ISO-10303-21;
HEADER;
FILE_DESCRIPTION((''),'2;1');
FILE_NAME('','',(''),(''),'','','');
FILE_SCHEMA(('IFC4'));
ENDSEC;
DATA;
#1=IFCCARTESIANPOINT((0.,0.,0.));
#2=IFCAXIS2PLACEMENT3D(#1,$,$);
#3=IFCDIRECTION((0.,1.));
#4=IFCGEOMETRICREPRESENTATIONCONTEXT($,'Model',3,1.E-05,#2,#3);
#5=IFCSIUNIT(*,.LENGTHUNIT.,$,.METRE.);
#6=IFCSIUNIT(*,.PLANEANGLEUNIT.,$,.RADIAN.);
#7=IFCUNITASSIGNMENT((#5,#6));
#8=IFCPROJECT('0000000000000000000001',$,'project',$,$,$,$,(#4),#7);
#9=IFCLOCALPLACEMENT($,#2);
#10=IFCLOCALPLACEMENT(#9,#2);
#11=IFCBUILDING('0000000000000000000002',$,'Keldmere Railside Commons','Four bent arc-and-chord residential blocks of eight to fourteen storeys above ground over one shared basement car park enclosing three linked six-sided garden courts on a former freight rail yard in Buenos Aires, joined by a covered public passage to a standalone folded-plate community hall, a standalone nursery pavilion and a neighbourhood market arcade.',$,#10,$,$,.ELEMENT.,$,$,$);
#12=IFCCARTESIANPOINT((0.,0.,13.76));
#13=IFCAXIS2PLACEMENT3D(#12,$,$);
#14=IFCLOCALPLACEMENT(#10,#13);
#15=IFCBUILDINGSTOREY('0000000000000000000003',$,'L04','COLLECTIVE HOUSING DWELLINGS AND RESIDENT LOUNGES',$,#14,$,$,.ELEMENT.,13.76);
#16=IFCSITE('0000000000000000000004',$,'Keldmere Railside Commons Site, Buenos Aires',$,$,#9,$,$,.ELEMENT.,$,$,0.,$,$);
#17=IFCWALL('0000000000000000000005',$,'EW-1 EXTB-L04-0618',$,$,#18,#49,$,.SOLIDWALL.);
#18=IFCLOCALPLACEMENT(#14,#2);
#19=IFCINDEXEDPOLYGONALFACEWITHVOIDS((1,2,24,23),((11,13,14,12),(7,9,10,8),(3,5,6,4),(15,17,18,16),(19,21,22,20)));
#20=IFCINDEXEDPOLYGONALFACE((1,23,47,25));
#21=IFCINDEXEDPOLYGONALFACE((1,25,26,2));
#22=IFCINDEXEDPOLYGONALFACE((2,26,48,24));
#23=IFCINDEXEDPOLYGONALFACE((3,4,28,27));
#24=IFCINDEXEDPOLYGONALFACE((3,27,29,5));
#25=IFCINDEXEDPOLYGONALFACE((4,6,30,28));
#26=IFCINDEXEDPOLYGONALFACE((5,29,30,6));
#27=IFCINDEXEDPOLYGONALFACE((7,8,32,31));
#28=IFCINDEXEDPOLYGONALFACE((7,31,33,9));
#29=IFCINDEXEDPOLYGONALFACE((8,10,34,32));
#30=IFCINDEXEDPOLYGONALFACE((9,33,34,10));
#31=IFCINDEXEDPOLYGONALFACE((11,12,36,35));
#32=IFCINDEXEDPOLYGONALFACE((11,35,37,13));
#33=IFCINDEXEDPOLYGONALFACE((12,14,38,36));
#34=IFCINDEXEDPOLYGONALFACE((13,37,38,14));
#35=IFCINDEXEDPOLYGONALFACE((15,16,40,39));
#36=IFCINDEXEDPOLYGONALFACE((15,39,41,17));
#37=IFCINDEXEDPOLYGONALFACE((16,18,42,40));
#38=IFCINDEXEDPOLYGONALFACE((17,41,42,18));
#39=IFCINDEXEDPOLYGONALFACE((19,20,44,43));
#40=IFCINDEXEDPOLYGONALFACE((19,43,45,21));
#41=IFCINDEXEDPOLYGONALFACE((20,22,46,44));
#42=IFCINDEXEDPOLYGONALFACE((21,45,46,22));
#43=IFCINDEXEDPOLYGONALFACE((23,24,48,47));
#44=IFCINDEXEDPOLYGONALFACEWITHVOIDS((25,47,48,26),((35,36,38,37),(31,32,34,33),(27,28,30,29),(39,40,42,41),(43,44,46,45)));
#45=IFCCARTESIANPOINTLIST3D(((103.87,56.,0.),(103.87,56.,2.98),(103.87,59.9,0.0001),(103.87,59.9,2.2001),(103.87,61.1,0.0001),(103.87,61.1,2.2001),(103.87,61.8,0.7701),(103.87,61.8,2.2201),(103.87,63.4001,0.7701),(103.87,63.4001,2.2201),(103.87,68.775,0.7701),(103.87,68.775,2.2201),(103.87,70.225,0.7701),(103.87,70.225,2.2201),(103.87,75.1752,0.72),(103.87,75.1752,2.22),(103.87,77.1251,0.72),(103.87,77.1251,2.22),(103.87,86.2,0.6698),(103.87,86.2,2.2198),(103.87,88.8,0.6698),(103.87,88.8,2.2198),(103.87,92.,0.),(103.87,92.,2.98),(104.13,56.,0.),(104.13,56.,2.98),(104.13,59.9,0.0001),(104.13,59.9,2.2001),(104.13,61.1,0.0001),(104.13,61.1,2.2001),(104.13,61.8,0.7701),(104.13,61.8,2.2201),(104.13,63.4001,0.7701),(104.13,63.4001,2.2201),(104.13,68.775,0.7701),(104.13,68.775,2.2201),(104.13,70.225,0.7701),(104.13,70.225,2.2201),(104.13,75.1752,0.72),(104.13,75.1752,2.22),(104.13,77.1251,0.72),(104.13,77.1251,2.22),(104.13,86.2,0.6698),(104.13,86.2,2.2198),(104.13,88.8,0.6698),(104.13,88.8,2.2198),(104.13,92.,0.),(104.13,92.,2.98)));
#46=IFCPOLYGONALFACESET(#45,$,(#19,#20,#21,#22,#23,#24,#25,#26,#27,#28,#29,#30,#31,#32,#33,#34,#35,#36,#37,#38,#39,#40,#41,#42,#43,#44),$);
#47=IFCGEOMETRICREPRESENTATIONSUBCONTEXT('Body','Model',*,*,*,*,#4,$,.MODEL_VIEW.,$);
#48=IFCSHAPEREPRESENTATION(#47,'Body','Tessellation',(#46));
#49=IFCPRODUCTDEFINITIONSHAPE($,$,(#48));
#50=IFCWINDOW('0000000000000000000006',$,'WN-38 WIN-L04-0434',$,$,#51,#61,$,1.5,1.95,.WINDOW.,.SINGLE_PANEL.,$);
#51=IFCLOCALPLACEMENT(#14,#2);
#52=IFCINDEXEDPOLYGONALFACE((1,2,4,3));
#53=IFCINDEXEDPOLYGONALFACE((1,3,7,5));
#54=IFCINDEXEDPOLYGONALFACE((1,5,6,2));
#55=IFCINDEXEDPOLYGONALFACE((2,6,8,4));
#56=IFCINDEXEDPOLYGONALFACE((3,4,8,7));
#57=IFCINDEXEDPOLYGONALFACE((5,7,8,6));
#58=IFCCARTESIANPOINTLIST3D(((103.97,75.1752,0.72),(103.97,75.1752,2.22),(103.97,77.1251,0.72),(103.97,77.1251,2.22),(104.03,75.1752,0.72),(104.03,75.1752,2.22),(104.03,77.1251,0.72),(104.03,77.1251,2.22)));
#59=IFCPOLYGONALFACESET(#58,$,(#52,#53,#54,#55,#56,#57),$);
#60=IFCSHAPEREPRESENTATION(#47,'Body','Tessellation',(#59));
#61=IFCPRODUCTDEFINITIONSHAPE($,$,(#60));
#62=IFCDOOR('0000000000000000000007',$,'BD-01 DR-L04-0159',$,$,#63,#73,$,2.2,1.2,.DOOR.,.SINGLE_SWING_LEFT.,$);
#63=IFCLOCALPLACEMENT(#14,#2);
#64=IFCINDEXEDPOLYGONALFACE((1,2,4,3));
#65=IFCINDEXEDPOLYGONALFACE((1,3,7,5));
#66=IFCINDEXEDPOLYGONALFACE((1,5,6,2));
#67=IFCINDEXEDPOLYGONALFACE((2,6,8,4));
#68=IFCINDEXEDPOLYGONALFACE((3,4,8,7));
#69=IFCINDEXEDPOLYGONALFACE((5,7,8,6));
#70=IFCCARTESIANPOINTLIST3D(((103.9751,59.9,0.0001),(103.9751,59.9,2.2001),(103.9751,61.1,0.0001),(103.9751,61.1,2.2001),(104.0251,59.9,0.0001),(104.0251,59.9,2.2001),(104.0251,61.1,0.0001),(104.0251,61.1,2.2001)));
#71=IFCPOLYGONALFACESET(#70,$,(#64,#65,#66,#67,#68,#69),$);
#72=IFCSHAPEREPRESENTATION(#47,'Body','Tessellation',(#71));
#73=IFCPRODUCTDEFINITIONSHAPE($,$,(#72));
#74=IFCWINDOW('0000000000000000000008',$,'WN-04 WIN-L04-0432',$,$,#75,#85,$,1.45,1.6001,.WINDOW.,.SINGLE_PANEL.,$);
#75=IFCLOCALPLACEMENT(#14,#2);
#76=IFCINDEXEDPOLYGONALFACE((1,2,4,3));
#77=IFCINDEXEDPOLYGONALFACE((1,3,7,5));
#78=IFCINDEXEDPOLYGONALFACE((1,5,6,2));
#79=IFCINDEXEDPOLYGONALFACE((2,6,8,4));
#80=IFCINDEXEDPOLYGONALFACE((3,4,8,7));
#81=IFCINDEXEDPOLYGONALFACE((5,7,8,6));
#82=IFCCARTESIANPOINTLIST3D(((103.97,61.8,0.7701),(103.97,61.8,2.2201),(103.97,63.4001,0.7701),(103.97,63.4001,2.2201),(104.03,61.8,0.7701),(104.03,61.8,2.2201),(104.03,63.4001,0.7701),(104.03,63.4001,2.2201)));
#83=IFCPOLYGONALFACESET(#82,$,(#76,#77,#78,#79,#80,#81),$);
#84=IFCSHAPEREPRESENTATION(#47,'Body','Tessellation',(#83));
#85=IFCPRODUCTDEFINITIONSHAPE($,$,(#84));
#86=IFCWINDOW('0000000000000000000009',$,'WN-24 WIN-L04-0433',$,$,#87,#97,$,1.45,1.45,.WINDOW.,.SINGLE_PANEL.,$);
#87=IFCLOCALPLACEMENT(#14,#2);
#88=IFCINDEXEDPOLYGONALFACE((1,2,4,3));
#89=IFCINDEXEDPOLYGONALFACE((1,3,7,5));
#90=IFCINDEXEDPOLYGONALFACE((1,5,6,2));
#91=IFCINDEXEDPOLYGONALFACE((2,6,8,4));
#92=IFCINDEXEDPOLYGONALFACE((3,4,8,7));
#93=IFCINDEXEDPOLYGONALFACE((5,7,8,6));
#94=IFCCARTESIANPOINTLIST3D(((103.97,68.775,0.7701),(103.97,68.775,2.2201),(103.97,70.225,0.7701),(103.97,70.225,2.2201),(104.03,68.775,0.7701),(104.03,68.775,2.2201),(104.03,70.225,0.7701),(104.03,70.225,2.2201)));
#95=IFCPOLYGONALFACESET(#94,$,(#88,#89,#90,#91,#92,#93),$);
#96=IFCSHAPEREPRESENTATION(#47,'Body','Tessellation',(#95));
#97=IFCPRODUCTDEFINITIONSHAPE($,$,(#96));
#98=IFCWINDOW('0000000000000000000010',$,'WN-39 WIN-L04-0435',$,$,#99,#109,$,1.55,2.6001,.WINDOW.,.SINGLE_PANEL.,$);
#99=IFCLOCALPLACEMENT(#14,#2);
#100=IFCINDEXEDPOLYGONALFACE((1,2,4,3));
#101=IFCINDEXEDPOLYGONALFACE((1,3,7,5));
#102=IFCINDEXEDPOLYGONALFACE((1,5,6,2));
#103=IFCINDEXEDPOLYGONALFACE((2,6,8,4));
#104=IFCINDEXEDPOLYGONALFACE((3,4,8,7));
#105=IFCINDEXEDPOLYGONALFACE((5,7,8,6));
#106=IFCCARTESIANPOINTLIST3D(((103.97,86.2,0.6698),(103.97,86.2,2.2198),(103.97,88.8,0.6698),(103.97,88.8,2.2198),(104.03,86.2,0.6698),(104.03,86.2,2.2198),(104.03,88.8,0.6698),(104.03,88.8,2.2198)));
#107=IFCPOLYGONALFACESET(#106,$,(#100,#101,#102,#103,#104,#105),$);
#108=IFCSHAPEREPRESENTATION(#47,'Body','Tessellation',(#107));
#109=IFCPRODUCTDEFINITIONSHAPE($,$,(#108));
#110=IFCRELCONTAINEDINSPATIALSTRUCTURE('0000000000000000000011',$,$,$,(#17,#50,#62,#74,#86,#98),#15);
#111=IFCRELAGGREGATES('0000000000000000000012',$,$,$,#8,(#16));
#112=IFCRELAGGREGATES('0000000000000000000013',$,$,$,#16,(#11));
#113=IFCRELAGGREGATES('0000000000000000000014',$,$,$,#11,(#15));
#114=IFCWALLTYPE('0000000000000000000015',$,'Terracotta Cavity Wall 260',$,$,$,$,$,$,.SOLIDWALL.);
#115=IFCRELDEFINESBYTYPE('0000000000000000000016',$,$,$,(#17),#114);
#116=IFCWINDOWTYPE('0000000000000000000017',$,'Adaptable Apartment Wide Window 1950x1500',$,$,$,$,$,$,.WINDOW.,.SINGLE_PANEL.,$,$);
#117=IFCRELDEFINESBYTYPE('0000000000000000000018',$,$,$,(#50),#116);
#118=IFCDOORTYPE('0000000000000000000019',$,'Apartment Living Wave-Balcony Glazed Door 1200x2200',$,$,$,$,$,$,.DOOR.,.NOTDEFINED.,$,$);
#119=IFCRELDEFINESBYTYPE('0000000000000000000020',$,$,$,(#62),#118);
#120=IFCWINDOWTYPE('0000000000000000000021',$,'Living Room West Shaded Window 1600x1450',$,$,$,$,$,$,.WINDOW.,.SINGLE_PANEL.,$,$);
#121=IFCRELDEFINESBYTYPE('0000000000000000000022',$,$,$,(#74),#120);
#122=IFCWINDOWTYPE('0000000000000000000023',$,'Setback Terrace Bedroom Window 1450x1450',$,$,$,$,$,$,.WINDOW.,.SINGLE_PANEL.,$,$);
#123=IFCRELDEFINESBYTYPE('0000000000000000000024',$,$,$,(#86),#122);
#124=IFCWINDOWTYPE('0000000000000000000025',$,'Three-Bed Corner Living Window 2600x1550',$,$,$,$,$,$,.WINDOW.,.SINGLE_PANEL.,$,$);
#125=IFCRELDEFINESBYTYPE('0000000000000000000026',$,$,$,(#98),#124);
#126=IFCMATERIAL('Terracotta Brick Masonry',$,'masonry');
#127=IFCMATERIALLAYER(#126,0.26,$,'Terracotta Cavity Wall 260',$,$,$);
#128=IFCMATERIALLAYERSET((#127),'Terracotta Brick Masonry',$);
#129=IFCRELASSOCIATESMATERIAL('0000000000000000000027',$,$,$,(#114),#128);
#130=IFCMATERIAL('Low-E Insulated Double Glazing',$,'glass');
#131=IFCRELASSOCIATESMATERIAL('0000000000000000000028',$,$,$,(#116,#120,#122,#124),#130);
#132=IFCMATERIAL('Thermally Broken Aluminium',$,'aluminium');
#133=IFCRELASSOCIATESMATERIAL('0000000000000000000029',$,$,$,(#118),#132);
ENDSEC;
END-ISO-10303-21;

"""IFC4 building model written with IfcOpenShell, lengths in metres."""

from ifc_helpers import new_model, si_unit, direction, frame, frame_2d, origin, place, context, subcontext, project, spatial, rectangle, extrude, material, layer, layer_set, type_object, element, fill, save


model = new_model("IFC4")

# Units and contexts
model_context = context("Model", 3, precision=1e-05, world=origin(), true_north=direction((0.0, 1.0)))
body_context = subcontext(model_context, "Body", "Model", "MODEL_VIEW")
ifc_project = project(units=[si_unit("LENGTHUNIT", "METRE"), si_unit("PLANEANGLEUNIT", "RADIAN")], contexts=[model_context])

# Site, building, storey
site_placement = place(None, origin())
site = spatial("IfcSite", under=ifc_project, at=site_placement, Name="Keldmere Railside Commons Site, Buenos Aires", CompositionType="ELEMENT", RefElevation=0.0)
building_placement = place(site_placement, origin())
building = spatial("IfcBuilding", under=site, at=building_placement, Name="Keldmere Railside Commons", Description="Four bent arc-and-chord residential blocks of eight to fourteen storeys above ground over one shared basement car park enclosing three linked six-sided garden courts on a former freight rail yard in Buenos Aires, joined by a covered public passage to a standalone folded-plate community hall, a standalone nursery pavilion and a neighbourhood market arcade.", CompositionType="ELEMENT")
storey_placement = place(building_placement, frame((0.0, 0.0, 13.76)))
storey = spatial("IfcBuildingStorey", under=building, at=storey_placement, Name="L04", Description="COLLECTIVE HOUSING DWELLINGS AND RESIDENT LOUNGES", CompositionType="ELEMENT", Elevation=13.76)

# Wall, openings, windows, door
ifc_material_1 = material(Name="Terracotta Brick Masonry", Category="masonry")
ifc_layer_1 = layer(ifc_material_1, 0.26, Name="Terracotta Cavity Wall 260")
ifc_layer_set_1 = layer_set([ifc_layer_1], Name="Terracotta Brick Masonry")
wall_type_1 = type_object("IfcWallType", Name="Terracotta Cavity Wall 260", PredefinedType="SOLIDWALL", material=ifc_layer_set_1)
wall_1_placement = place(storey_placement, frame((104.0, 56.0, 0.0), z_axis=(0.0, 0.0, 1.0), x_axis=(0.0, 1.0, 0.0)))
wall_1 = element("IfcWall", 1, at=wall_1_placement, inside=storey, type_object=wall_type_1, Name="EW-1 EXTB-L04-0618", PredefinedType="SOLIDWALL", context=body_context, shape_type="SweptSolid", body=[
    extrude(rectangle(XDim=36.0, YDim=0.26, at=frame_2d((18.0, 0.0))), origin(), (0.0, 0.0, 1.0), 2.98),
])
opening_1_placement = place(wall_1_placement, frame((3.8999, 0.0, 0.0)))
opening_1 = element("IfcOpeningElement", 2, at=opening_1_placement, cuts=wall_1, PredefinedType="OPENING", context=body_context, shape_type="SweptSolid", body=[
    extrude(rectangle(XDim=1.2, YDim=2.2, at=frame_2d((0.6001, 1.1001))), frame((0.0, 0.1399, 0.0), z_axis=(0.0, -1.0, 0.0), x_axis=(1.0, 0.0, 0.0)), (0.0, 0.0, 1.0), 0.28),
])
opening_2_placement = place(wall_1_placement, frame((5.8, 0.0, 0.77)))
opening_2 = element("IfcOpeningElement", 3, at=opening_2_placement, cuts=wall_1, PredefinedType="OPENING", context=body_context, shape_type="SweptSolid", body=[
    extrude(rectangle(XDim=1.6001, YDim=1.45, at=frame_2d((0.8, 0.7251))), frame((0.0, 0.1399, 0.0), z_axis=(0.0, -1.0, 0.0), x_axis=(1.0, 0.0, 0.0)), (0.0, 0.0, 1.0), 0.28),
])
opening_3_placement = place(wall_1_placement, frame((12.7749, 0.0, 0.77)))
opening_3 = element("IfcOpeningElement", 4, at=opening_3_placement, cuts=wall_1, PredefinedType="OPENING", context=body_context, shape_type="SweptSolid", body=[
    extrude(rectangle(XDim=1.45, YDim=1.45, at=frame_2d((0.7251, 0.7251))), frame((0.0, 0.1399, 0.0), z_axis=(0.0, -1.0, 0.0), x_axis=(1.0, 0.0, 0.0)), (0.0, 0.0, 1.0), 0.28),
])
opening_4_placement = place(wall_1_placement, frame((19.175, 0.0, 0.72)))
opening_4 = element("IfcOpeningElement", 5, at=opening_4_placement, cuts=wall_1, PredefinedType="OPENING", context=body_context, shape_type="SweptSolid", body=[
    extrude(rectangle(XDim=1.95, YDim=1.5, at=frame_2d((0.9751, 0.75))), frame((0.0, 0.1399, 0.0), z_axis=(0.0, -1.0, 0.0), x_axis=(1.0, 0.0, 0.0)), (0.0, 0.0, 1.0), 0.28),
])
opening_5_placement = place(wall_1_placement, frame((30.2, 0.0, 0.6699)))
opening_5 = element("IfcOpeningElement", 6, at=opening_5_placement, cuts=wall_1, PredefinedType="OPENING", context=body_context, shape_type="SweptSolid", body=[
    extrude(rectangle(XDim=2.6001, YDim=1.55, at=frame_2d((1.3, 0.7749))), frame((0.0, 0.1399, 0.0), z_axis=(0.0, -1.0, 0.0), x_axis=(1.0, 0.0, 0.0)), (0.0, 0.0, 1.0), 0.28),
])
ifc_material_2 = material(Name="Low-E Insulated Double Glazing", Category="glass")
window_type_1 = type_object("IfcWindowType", Name="Adaptable Apartment Wide Window 1950x1500", PartitioningType="SINGLE_PANEL", PredefinedType="WINDOW", material=ifc_material_2)
window_1_placement = place(opening_4_placement, origin())
window_1 = element("IfcWindow", 7, at=window_1_placement, inside=storey, type_object=window_type_1, Name="WN-38 WIN-L04-0434", OverallHeight=1.5, OverallWidth=1.95, PartitioningType="SINGLE_PANEL", PredefinedType="WINDOW", context=body_context, shape_type="SweptSolid", body=[
    extrude(rectangle(XDim=1.95, YDim=1.5, at=frame_2d((0.9751, 0.75))), frame((0.0, 0.03, 0.0), z_axis=(0.0, -1.0, 0.0), x_axis=(1.0, 0.0, 0.0)), (0.0, 0.0, 1.0), 0.0601),
])
fill(opening_4, window_1)
ifc_material_3 = material(Name="Thermally Broken Aluminium", Category="aluminium")
door_type = type_object("IfcDoorType", Name="Apartment Living Wave-Balcony Glazed Door 1200x2200", OperationType="NOTDEFINED", PredefinedType="DOOR", material=ifc_material_3)
door_placement = place(opening_1_placement, origin())
door = element("IfcDoor", 8, at=door_placement, inside=storey, type_object=door_type, Name="BD-01 DR-L04-0159", OperationType="SINGLE_SWING_LEFT", OverallHeight=2.2, OverallWidth=1.2, PredefinedType="DOOR", context=body_context, shape_type="SweptSolid", body=[
    extrude(rectangle(XDim=1.2, YDim=2.2, at=frame_2d((0.6001, 1.1001))), frame((0.0, 0.0249, 0.0), z_axis=(0.0, -1.0, 0.0), x_axis=(1.0, 0.0, 0.0)), (0.0, 0.0, 1.0), 0.05),
])
fill(opening_1, door)
window_type_2 = type_object("IfcWindowType", Name="Living Room West Shaded Window 1600x1450", PartitioningType="SINGLE_PANEL", PredefinedType="WINDOW", material=ifc_material_2)
window_2_placement = place(opening_2_placement, origin())
window_2 = element("IfcWindow", 9, at=window_2_placement, inside=storey, type_object=window_type_2, Name="WN-04 WIN-L04-0432", OverallHeight=1.45, OverallWidth=1.6001, PartitioningType="SINGLE_PANEL", PredefinedType="WINDOW", context=body_context, shape_type="SweptSolid", body=[
    extrude(rectangle(XDim=1.6001, YDim=1.45, at=frame_2d((0.8, 0.7251))), frame((0.0, 0.03, 0.0), z_axis=(0.0, -1.0, 0.0), x_axis=(1.0, 0.0, 0.0)), (0.0, 0.0, 1.0), 0.0601),
])
fill(opening_2, window_2)
window_type_3 = type_object("IfcWindowType", Name="Setback Terrace Bedroom Window 1450x1450", PartitioningType="SINGLE_PANEL", PredefinedType="WINDOW", material=ifc_material_2)
window_3_placement = place(opening_3_placement, origin())
window_3 = element("IfcWindow", 10, at=window_3_placement, inside=storey, type_object=window_type_3, Name="WN-24 WIN-L04-0433", OverallHeight=1.45, OverallWidth=1.45, PartitioningType="SINGLE_PANEL", PredefinedType="WINDOW", context=body_context, shape_type="SweptSolid", body=[
    extrude(rectangle(XDim=1.45, YDim=1.45, at=frame_2d((0.7251, 0.7251))), frame((0.0, 0.03, 0.0), z_axis=(0.0, -1.0, 0.0), x_axis=(1.0, 0.0, 0.0)), (0.0, 0.0, 1.0), 0.0601),
])
fill(opening_3, window_3)
window_type_4 = type_object("IfcWindowType", Name="Three-Bed Corner Living Window 2600x1550", PartitioningType="SINGLE_PANEL", PredefinedType="WINDOW", material=ifc_material_2)
window_4_placement = place(opening_5_placement, origin())
window_4 = element("IfcWindow", 11, at=window_4_placement, inside=storey, type_object=window_type_4, Name="WN-39 WIN-L04-0435", OverallHeight=1.55, OverallWidth=2.6001, PartitioningType="SINGLE_PANEL", PredefinedType="WINDOW", context=body_context, shape_type="SweptSolid", body=[
    extrude(rectangle(XDim=2.6001, YDim=1.55, at=frame_2d((1.3, 0.7749))), frame((0.0, 0.03, 0.0), z_axis=(0.0, -1.0, 0.0), x_axis=(1.0, 0.0, 0.0)), (0.0, 0.0, 1.0), 0.0601),
])
fill(opening_5, window_4)

save(model, "model.ifc")
